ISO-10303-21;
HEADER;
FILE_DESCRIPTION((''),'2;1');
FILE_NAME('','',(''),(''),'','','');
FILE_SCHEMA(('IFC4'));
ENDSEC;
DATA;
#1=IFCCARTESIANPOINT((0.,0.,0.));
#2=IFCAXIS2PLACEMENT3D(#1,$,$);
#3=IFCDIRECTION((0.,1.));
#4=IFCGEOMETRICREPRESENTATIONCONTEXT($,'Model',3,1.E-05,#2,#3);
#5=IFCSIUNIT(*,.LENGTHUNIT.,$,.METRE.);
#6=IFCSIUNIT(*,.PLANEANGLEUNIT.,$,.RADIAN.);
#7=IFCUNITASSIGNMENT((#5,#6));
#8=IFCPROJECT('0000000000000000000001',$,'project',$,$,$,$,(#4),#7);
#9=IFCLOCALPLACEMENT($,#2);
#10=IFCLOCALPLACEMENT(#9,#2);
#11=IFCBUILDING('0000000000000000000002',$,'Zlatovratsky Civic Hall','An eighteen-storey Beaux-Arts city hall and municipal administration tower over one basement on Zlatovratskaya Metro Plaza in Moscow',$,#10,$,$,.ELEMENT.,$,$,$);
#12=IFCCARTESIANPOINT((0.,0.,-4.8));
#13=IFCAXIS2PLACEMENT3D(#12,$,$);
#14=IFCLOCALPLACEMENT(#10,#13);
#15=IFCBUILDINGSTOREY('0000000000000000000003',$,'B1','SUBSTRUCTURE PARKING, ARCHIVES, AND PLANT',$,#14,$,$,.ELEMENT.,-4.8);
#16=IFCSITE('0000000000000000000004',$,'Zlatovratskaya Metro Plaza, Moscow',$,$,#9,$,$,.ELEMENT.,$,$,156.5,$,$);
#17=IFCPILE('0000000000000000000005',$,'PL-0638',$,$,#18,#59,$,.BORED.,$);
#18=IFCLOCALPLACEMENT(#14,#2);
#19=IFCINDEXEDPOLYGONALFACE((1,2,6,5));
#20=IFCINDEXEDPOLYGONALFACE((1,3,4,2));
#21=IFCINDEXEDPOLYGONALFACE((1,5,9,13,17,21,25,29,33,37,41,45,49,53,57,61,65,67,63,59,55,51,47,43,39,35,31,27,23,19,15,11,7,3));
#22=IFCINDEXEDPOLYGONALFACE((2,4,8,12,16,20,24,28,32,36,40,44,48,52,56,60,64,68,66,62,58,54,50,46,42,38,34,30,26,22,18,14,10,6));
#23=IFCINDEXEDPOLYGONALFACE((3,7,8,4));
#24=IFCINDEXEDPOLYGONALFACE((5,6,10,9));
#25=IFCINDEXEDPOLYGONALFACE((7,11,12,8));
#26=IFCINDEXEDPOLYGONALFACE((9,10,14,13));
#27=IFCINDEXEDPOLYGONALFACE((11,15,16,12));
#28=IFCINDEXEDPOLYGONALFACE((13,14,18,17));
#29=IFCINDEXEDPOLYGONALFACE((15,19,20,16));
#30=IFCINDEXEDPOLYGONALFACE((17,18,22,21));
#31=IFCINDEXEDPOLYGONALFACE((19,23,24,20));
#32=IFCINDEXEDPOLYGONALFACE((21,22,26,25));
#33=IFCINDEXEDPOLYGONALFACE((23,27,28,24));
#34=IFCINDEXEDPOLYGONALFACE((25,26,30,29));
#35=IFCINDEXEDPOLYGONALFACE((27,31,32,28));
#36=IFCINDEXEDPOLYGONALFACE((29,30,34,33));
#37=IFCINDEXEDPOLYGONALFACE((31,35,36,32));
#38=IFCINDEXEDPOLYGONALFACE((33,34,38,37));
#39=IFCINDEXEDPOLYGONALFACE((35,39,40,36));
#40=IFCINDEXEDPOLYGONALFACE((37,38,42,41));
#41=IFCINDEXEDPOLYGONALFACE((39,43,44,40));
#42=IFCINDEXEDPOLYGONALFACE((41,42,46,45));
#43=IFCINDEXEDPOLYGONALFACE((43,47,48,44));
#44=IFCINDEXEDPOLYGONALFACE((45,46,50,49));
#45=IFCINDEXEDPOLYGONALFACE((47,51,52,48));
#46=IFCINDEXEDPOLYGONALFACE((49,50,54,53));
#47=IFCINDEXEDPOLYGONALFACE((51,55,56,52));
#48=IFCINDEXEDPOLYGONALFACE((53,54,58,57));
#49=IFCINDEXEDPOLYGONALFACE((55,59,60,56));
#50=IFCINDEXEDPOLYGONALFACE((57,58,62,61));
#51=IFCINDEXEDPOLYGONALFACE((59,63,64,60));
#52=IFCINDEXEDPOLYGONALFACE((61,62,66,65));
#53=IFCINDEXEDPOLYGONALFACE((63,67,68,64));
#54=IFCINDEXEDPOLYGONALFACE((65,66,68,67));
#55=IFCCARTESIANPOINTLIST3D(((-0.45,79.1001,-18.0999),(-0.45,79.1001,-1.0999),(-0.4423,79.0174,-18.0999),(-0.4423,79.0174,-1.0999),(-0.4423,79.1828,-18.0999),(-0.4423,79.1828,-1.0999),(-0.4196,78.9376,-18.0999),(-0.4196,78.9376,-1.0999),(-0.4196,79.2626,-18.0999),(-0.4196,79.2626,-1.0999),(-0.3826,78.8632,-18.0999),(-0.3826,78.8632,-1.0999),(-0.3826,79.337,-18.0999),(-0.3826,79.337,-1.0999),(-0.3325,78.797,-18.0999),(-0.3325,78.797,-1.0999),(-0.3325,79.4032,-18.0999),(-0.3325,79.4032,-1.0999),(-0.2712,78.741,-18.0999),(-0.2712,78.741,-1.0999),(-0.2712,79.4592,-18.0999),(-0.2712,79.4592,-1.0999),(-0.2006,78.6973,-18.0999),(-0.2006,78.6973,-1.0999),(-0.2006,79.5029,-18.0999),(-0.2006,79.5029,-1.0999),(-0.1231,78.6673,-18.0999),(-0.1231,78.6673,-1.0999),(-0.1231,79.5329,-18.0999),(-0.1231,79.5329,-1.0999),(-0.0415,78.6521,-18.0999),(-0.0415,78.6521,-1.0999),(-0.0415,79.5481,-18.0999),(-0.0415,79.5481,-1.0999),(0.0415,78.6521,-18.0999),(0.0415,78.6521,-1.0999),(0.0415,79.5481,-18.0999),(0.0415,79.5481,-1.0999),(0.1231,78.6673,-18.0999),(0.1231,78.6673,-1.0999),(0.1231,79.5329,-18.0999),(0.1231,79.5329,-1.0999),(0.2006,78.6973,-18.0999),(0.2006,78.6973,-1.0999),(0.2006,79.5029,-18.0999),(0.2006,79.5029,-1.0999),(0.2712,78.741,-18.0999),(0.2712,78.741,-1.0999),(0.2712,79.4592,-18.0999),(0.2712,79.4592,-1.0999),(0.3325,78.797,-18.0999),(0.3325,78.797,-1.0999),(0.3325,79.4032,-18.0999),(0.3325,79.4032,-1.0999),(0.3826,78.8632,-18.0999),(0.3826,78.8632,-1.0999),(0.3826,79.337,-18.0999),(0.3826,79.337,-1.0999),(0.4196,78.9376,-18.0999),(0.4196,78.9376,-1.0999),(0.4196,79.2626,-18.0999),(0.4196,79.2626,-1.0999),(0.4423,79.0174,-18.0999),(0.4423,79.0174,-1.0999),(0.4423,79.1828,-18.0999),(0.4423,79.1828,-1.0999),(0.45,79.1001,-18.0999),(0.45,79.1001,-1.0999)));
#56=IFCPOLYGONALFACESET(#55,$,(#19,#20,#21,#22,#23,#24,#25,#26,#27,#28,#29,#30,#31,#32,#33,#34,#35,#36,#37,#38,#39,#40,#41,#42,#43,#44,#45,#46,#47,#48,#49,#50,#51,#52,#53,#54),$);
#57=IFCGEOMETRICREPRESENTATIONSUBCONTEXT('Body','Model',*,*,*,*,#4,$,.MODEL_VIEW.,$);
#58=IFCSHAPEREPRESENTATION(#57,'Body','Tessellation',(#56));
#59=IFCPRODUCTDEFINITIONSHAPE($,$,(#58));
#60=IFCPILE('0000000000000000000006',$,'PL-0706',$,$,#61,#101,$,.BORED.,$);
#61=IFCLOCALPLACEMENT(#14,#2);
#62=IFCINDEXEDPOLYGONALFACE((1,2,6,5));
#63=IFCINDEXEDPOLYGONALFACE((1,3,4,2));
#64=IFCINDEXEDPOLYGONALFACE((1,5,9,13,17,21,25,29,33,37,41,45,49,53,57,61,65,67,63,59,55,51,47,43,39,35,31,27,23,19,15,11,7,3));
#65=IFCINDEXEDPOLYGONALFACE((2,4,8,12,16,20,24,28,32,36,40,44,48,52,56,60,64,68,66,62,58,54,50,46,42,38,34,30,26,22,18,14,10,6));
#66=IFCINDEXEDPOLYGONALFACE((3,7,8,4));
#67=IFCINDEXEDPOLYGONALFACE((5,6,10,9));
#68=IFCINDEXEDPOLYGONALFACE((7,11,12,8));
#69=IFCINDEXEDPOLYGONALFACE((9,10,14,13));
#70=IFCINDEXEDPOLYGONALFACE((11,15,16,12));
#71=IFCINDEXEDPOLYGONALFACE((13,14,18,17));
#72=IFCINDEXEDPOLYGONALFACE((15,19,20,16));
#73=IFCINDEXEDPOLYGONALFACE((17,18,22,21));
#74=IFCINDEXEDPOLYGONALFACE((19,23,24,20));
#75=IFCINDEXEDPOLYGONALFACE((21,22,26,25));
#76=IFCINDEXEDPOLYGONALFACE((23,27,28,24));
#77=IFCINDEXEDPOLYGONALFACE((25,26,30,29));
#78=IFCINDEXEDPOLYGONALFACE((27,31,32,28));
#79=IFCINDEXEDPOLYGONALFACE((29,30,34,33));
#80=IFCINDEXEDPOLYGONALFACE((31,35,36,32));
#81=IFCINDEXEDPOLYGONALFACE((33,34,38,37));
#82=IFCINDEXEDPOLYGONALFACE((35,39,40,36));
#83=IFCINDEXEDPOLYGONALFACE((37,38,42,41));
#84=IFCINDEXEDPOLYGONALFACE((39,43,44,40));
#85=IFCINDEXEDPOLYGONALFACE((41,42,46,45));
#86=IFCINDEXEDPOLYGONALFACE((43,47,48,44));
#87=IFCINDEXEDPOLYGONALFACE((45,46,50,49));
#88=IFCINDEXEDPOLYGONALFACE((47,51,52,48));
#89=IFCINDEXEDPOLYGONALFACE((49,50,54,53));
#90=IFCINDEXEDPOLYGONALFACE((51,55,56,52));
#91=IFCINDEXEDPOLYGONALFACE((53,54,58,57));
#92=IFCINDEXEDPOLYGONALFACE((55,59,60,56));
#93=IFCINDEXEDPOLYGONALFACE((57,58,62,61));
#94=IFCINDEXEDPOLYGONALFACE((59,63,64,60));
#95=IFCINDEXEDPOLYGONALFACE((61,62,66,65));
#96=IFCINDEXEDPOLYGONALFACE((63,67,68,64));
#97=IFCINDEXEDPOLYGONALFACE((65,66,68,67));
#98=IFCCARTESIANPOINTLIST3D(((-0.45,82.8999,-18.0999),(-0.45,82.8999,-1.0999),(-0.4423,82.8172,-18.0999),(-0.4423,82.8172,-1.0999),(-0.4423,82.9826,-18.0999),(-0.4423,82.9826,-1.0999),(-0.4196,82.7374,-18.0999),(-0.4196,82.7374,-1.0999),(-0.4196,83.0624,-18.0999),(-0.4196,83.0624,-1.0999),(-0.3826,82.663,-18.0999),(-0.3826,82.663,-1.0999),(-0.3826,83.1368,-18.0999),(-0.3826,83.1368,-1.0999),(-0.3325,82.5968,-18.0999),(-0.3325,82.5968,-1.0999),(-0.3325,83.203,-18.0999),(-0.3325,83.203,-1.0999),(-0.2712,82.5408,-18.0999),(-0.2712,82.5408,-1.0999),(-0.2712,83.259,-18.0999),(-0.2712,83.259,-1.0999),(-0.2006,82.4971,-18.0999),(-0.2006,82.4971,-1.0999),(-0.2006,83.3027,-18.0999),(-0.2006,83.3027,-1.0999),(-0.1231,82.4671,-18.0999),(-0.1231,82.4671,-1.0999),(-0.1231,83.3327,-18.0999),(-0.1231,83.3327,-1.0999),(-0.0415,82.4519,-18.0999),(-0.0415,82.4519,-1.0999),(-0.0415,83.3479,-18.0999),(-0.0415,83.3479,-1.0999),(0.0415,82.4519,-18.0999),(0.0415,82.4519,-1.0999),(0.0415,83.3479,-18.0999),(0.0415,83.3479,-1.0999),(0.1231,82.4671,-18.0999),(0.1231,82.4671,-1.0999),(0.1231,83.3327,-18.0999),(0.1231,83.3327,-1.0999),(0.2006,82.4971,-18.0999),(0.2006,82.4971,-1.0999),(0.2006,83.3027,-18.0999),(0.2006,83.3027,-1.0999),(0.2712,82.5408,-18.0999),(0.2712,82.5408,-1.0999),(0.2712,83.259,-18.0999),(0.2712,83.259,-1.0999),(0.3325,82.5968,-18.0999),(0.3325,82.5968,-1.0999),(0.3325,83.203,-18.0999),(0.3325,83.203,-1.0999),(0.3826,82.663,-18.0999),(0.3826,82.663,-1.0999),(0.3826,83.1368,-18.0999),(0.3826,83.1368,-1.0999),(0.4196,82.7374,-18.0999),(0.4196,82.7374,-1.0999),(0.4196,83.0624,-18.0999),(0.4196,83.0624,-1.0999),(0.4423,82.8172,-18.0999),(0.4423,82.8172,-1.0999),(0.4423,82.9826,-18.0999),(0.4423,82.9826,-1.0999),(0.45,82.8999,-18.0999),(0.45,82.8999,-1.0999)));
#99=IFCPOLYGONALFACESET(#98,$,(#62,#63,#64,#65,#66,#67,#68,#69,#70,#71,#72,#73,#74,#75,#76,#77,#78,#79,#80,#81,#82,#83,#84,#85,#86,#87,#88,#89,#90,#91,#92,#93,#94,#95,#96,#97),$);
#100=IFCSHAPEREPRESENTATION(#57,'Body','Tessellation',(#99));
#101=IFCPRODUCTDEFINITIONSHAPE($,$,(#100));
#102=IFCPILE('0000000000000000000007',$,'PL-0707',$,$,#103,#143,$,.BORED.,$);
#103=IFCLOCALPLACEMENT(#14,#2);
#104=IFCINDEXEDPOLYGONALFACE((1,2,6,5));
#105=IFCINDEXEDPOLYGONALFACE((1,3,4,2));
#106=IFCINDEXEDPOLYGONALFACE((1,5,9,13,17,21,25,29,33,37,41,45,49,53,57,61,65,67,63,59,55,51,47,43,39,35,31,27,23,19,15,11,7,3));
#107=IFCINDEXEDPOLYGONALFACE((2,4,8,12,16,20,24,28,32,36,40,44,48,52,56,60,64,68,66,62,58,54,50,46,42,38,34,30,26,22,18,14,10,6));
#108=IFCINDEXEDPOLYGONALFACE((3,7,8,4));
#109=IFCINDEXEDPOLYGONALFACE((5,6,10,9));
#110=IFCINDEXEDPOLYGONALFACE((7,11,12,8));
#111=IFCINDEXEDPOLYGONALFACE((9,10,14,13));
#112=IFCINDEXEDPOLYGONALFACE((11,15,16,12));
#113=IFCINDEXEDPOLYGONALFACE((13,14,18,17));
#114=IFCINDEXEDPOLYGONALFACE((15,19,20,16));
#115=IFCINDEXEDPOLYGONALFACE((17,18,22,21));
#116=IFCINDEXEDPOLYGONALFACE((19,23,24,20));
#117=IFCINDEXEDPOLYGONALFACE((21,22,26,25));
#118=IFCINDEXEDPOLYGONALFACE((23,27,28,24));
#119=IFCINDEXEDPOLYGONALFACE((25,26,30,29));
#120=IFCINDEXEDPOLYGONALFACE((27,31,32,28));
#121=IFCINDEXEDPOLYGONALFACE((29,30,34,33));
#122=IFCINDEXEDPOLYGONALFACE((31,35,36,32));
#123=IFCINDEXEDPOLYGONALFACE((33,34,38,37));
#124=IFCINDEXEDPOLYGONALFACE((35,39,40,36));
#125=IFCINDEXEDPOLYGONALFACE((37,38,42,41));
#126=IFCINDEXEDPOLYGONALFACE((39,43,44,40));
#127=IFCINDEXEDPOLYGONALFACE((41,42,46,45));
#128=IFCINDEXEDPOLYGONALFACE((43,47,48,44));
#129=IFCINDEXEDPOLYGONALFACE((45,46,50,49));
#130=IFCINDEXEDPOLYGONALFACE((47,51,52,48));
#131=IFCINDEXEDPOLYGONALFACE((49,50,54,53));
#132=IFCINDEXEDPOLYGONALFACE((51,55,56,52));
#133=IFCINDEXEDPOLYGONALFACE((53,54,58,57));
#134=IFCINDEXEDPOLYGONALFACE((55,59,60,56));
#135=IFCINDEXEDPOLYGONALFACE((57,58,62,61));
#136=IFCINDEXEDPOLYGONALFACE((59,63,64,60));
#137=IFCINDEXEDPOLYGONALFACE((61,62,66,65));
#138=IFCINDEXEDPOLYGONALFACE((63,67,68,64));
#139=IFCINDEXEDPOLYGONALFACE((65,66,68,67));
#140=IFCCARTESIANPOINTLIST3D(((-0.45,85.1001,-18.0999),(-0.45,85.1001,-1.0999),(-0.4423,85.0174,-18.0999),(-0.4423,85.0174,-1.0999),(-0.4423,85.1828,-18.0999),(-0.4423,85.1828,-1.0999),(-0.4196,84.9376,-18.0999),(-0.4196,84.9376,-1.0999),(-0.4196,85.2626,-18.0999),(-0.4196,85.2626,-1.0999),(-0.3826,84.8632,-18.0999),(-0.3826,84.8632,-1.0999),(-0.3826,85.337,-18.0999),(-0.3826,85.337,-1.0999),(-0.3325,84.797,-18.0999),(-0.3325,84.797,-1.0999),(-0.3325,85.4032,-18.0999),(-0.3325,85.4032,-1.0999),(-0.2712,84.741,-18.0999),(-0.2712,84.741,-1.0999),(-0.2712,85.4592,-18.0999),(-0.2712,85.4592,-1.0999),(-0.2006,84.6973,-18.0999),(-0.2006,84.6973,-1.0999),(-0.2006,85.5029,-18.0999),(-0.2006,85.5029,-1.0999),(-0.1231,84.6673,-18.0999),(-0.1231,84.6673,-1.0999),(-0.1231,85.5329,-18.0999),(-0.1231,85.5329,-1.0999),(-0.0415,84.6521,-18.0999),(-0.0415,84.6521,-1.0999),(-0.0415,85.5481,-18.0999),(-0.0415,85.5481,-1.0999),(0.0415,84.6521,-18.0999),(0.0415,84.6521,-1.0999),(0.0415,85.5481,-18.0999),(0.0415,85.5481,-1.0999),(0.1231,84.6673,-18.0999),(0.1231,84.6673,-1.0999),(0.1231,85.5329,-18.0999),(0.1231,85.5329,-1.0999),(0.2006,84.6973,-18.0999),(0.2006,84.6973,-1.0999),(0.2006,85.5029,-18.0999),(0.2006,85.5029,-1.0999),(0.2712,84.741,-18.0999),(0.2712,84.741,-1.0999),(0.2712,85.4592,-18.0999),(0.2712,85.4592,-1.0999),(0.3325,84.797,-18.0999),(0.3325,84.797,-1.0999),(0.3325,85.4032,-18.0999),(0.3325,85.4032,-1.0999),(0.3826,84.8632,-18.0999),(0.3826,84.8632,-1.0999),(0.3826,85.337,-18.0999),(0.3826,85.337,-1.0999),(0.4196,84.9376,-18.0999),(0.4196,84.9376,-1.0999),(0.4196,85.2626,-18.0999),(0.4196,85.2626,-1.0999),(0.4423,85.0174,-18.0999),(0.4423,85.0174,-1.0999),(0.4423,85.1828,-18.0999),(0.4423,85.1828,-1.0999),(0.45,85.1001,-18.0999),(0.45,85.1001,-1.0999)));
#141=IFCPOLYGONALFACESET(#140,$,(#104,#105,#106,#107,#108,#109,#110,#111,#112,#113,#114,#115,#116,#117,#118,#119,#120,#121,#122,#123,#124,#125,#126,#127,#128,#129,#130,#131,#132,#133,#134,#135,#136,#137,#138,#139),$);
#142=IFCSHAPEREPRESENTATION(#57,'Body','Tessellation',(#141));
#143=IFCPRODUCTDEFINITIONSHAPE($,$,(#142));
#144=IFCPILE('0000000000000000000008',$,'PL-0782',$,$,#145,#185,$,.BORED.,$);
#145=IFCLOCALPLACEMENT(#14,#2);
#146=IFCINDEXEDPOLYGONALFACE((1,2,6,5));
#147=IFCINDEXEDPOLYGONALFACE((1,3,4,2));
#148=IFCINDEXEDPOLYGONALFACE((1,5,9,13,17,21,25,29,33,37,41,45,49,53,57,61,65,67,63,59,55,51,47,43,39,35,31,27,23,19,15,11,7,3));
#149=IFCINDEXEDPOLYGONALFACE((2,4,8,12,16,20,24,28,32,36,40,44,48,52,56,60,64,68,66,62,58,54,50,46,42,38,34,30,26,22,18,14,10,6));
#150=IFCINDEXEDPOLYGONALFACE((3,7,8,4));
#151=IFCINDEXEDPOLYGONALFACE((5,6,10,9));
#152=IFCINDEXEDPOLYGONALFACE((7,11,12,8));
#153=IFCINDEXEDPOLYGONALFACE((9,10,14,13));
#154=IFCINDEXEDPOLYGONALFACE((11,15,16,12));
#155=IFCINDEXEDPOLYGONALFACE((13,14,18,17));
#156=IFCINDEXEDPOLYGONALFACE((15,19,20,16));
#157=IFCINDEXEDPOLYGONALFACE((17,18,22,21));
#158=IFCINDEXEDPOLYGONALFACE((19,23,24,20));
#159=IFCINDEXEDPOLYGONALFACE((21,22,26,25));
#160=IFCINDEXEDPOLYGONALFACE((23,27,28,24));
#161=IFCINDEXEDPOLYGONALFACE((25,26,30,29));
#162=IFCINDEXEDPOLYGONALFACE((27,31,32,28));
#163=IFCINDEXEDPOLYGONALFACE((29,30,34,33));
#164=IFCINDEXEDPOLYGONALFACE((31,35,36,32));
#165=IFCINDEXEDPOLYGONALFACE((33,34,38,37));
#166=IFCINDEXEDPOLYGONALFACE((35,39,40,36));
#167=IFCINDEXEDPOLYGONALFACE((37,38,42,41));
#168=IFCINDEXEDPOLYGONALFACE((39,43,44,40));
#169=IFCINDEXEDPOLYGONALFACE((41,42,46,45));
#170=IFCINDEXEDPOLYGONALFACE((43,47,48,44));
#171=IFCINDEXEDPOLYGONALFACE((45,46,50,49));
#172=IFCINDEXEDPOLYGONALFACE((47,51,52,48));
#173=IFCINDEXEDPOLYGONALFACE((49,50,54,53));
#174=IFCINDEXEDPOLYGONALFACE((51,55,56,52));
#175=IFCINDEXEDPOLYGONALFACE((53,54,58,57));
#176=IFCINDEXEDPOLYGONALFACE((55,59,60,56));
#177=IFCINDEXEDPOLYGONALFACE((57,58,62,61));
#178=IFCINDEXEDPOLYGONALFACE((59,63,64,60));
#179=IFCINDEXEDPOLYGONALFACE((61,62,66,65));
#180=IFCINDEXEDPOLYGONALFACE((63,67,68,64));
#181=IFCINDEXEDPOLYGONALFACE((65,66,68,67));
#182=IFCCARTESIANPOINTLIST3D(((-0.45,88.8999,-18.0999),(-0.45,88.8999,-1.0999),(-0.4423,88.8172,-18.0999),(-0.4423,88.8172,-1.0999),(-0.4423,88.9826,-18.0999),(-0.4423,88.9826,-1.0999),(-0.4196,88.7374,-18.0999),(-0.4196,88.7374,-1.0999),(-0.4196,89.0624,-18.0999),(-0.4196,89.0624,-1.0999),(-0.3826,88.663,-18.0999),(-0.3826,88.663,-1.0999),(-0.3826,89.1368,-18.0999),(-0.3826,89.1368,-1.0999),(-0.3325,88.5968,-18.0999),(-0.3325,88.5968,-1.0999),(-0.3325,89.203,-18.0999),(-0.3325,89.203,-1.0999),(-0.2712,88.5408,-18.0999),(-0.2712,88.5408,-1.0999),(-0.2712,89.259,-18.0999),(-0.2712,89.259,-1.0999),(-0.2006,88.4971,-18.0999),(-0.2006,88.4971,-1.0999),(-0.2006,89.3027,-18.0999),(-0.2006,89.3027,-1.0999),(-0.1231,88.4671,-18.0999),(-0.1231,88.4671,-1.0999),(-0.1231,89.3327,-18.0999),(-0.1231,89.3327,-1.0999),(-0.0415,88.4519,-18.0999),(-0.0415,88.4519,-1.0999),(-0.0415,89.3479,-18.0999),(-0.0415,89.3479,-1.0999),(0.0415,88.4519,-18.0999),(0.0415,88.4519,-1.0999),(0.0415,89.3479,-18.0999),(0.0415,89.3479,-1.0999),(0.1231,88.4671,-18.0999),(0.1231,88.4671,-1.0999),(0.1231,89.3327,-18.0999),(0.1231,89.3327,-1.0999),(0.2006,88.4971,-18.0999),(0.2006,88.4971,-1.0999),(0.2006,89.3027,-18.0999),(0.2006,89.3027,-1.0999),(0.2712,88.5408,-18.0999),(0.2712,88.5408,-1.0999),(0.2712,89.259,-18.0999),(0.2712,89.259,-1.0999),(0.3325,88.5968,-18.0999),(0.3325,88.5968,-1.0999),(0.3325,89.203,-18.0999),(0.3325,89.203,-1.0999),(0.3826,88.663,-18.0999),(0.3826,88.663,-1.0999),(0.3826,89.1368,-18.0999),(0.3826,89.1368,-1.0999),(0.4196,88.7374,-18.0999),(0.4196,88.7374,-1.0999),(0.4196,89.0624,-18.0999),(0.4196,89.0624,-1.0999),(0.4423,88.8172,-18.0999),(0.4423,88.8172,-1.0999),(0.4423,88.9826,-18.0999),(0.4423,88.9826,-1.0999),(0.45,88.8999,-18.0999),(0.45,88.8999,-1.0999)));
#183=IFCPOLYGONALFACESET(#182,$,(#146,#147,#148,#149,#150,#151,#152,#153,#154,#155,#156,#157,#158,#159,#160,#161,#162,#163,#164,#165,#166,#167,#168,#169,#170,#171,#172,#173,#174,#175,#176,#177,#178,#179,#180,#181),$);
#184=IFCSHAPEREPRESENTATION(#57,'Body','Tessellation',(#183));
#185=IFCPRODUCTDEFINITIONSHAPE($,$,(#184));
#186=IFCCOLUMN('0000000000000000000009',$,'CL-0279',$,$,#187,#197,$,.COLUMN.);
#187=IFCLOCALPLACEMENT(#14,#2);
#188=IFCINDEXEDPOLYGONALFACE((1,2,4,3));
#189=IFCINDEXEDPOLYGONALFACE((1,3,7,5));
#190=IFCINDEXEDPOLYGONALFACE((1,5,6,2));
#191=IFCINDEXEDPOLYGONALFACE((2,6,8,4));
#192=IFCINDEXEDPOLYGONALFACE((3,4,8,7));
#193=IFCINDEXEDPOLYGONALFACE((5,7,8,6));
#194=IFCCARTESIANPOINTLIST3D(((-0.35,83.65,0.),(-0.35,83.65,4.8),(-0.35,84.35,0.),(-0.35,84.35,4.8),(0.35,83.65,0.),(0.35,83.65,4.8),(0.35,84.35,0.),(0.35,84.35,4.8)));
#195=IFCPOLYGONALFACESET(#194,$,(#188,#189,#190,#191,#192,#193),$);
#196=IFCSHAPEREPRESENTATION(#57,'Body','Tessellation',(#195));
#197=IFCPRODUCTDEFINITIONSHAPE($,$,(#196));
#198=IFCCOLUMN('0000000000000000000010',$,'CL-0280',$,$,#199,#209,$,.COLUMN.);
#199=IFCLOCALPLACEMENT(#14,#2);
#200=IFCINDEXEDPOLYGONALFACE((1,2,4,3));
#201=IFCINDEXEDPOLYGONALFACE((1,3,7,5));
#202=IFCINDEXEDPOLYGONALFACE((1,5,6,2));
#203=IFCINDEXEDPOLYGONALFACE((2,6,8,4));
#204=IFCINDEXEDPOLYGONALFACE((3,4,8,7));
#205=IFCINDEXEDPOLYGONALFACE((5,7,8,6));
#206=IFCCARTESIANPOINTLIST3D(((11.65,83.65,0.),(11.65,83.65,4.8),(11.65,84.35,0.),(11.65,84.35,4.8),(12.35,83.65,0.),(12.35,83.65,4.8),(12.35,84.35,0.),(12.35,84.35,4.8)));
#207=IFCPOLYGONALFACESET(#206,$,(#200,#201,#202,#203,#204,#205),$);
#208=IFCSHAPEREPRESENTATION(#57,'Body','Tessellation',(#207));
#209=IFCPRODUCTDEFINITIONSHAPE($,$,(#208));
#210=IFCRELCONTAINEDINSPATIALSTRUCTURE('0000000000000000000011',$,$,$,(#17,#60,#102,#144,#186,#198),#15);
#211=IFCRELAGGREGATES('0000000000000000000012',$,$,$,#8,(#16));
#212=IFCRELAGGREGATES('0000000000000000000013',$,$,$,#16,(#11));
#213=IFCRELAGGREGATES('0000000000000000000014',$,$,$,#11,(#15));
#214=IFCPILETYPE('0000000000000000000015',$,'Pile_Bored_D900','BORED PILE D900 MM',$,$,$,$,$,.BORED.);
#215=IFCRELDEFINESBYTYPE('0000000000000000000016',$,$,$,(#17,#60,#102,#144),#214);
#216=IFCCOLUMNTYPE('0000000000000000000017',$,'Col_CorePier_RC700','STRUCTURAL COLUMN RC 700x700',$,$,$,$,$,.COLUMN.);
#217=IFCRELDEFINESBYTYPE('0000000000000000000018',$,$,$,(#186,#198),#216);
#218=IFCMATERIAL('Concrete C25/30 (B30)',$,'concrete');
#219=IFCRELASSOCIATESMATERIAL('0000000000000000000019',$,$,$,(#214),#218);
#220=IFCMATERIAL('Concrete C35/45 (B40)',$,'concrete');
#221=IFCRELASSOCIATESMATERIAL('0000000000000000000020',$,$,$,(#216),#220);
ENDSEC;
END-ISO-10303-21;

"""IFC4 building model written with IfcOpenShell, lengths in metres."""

from ifc_helpers import new_model, si_unit, direction, frame, origin, origin_2d, place, context, subcontext, project, spatial, rectangle, circle, extrude, material, material_profile, profile_set, type_object, element, save


model = new_model("IFC4")

# Units and contexts
model_context = context("Model", 3, precision=1e-05, world=origin(), true_north=direction((0.0, 1.0)))
body_context = subcontext(model_context, "Body", "Model", "MODEL_VIEW")
ifc_project = project(units=[si_unit("LENGTHUNIT", "METRE"), si_unit("PLANEANGLEUNIT", "RADIAN")], contexts=[model_context])

# Site, building, storey
site_placement = place(None, origin())
site = spatial("IfcSite", under=ifc_project, at=site_placement, Name="Zlatovratskaya Metro Plaza, Moscow", CompositionType="ELEMENT", RefElevation=156.5)
building_placement = place(site_placement, origin())
building = spatial("IfcBuilding", under=site, at=building_placement, Name="Zlatovratsky Civic Hall", Description="An eighteen-storey Beaux-Arts city hall and municipal administration tower over one basement on Zlatovratskaya Metro Plaza in Moscow", CompositionType="ELEMENT")
storey_placement = place(building_placement, frame((0.0, 0.0, -4.8)))
storey = spatial("IfcBuildingStorey", under=building, at=storey_placement, Name="B1", Description="SUBSTRUCTURE PARKING, ARCHIVES, AND PLANT", CompositionType="ELEMENT", Elevation=-4.8)

# Shared definitions
ifc_material_1 = material(Name="Concrete C25/30 (B30)", Category="concrete")

# Piles
ifc_material_profile_1 = material_profile(ifc_material_1, circle(Radius=0.45, at=origin_2d()), Name="PILE D900")
ifc_profile_set_1 = profile_set([ifc_material_profile_1], Name="Concrete C25/30 (B30)")
pile_type_1 = type_object("IfcPileType", Name="Pile_Bored_D900", Description="BORED PILE D900 MM", PredefinedType="BORED", material=ifc_profile_set_1)
for number, where, z_axis, x_axis, name in (
    (1, (0.0, 79.1001, -1.0999), (0.0, 0.0, -1.0), (1.0, 0.0, 0.0), "PL-0638"),
    (2, (0.0, 82.8999, -1.0999), (0.0, 0.0, -1.0), (1.0, 0.0, 0.0), "PL-0706"),
    (3, (0.0, 85.1001, -1.0999), (0.0, 0.0, -1.0), (1.0, 0.0, 0.0), "PL-0707"),
    (4, (0.0, 88.8999, -1.0999), (0.0, 0.0, -1.0), (1.0, 0.0, 0.0), "PL-0782"),
):
    element("IfcPile", number, at=place(storey_placement, frame(where, z_axis=z_axis, x_axis=x_axis)), inside=storey, type_object=pile_type_1, Name=name, PredefinedType="BORED", context=body_context, shape_type="SweptSolid", body=[
        extrude(circle(Radius=0.45, at=origin_2d()), origin(), (0.0, 0.0, 1.0), 17.0),
    ])

# Columns
ifc_material_2 = material(Name="Concrete C35/45 (B40)", Category="concrete")
ifc_material_profile_2 = material_profile(ifc_material_2, rectangle(XDim=0.7, YDim=0.7, at=origin_2d()), Name="RC 700x700")
ifc_profile_set_2 = profile_set([ifc_material_profile_2], Name="Concrete C35/45 (B40)")
column_type = type_object("IfcColumnType", Name="Col_CorePier_RC700", Description="STRUCTURAL COLUMN RC 700x700", PredefinedType="COLUMN", material=ifc_profile_set_2)
for number, where, z_axis, x_axis, name in (
    (5, (0.0, 84.0, 0.0), (0.0, 0.0, 1.0), (1.0, 0.0, 0.0), "CL-0279"),
    (6, (12.0, 84.0, 0.0), (0.0, 0.0, 1.0), (1.0, 0.0, 0.0), "CL-0280"),
):
    element("IfcColumn", number, at=place(storey_placement, frame(where, z_axis=z_axis, x_axis=x_axis)), inside=storey, type_object=column_type, Name=name, PredefinedType="COLUMN", context=body_context, shape_type="SweptSolid", body=[
        extrude(rectangle(XDim=0.7, YDim=0.7, at=origin_2d()), origin(), (0.0, 0.0, 1.0), 4.8),
    ])

save(model, "model.ifc")
